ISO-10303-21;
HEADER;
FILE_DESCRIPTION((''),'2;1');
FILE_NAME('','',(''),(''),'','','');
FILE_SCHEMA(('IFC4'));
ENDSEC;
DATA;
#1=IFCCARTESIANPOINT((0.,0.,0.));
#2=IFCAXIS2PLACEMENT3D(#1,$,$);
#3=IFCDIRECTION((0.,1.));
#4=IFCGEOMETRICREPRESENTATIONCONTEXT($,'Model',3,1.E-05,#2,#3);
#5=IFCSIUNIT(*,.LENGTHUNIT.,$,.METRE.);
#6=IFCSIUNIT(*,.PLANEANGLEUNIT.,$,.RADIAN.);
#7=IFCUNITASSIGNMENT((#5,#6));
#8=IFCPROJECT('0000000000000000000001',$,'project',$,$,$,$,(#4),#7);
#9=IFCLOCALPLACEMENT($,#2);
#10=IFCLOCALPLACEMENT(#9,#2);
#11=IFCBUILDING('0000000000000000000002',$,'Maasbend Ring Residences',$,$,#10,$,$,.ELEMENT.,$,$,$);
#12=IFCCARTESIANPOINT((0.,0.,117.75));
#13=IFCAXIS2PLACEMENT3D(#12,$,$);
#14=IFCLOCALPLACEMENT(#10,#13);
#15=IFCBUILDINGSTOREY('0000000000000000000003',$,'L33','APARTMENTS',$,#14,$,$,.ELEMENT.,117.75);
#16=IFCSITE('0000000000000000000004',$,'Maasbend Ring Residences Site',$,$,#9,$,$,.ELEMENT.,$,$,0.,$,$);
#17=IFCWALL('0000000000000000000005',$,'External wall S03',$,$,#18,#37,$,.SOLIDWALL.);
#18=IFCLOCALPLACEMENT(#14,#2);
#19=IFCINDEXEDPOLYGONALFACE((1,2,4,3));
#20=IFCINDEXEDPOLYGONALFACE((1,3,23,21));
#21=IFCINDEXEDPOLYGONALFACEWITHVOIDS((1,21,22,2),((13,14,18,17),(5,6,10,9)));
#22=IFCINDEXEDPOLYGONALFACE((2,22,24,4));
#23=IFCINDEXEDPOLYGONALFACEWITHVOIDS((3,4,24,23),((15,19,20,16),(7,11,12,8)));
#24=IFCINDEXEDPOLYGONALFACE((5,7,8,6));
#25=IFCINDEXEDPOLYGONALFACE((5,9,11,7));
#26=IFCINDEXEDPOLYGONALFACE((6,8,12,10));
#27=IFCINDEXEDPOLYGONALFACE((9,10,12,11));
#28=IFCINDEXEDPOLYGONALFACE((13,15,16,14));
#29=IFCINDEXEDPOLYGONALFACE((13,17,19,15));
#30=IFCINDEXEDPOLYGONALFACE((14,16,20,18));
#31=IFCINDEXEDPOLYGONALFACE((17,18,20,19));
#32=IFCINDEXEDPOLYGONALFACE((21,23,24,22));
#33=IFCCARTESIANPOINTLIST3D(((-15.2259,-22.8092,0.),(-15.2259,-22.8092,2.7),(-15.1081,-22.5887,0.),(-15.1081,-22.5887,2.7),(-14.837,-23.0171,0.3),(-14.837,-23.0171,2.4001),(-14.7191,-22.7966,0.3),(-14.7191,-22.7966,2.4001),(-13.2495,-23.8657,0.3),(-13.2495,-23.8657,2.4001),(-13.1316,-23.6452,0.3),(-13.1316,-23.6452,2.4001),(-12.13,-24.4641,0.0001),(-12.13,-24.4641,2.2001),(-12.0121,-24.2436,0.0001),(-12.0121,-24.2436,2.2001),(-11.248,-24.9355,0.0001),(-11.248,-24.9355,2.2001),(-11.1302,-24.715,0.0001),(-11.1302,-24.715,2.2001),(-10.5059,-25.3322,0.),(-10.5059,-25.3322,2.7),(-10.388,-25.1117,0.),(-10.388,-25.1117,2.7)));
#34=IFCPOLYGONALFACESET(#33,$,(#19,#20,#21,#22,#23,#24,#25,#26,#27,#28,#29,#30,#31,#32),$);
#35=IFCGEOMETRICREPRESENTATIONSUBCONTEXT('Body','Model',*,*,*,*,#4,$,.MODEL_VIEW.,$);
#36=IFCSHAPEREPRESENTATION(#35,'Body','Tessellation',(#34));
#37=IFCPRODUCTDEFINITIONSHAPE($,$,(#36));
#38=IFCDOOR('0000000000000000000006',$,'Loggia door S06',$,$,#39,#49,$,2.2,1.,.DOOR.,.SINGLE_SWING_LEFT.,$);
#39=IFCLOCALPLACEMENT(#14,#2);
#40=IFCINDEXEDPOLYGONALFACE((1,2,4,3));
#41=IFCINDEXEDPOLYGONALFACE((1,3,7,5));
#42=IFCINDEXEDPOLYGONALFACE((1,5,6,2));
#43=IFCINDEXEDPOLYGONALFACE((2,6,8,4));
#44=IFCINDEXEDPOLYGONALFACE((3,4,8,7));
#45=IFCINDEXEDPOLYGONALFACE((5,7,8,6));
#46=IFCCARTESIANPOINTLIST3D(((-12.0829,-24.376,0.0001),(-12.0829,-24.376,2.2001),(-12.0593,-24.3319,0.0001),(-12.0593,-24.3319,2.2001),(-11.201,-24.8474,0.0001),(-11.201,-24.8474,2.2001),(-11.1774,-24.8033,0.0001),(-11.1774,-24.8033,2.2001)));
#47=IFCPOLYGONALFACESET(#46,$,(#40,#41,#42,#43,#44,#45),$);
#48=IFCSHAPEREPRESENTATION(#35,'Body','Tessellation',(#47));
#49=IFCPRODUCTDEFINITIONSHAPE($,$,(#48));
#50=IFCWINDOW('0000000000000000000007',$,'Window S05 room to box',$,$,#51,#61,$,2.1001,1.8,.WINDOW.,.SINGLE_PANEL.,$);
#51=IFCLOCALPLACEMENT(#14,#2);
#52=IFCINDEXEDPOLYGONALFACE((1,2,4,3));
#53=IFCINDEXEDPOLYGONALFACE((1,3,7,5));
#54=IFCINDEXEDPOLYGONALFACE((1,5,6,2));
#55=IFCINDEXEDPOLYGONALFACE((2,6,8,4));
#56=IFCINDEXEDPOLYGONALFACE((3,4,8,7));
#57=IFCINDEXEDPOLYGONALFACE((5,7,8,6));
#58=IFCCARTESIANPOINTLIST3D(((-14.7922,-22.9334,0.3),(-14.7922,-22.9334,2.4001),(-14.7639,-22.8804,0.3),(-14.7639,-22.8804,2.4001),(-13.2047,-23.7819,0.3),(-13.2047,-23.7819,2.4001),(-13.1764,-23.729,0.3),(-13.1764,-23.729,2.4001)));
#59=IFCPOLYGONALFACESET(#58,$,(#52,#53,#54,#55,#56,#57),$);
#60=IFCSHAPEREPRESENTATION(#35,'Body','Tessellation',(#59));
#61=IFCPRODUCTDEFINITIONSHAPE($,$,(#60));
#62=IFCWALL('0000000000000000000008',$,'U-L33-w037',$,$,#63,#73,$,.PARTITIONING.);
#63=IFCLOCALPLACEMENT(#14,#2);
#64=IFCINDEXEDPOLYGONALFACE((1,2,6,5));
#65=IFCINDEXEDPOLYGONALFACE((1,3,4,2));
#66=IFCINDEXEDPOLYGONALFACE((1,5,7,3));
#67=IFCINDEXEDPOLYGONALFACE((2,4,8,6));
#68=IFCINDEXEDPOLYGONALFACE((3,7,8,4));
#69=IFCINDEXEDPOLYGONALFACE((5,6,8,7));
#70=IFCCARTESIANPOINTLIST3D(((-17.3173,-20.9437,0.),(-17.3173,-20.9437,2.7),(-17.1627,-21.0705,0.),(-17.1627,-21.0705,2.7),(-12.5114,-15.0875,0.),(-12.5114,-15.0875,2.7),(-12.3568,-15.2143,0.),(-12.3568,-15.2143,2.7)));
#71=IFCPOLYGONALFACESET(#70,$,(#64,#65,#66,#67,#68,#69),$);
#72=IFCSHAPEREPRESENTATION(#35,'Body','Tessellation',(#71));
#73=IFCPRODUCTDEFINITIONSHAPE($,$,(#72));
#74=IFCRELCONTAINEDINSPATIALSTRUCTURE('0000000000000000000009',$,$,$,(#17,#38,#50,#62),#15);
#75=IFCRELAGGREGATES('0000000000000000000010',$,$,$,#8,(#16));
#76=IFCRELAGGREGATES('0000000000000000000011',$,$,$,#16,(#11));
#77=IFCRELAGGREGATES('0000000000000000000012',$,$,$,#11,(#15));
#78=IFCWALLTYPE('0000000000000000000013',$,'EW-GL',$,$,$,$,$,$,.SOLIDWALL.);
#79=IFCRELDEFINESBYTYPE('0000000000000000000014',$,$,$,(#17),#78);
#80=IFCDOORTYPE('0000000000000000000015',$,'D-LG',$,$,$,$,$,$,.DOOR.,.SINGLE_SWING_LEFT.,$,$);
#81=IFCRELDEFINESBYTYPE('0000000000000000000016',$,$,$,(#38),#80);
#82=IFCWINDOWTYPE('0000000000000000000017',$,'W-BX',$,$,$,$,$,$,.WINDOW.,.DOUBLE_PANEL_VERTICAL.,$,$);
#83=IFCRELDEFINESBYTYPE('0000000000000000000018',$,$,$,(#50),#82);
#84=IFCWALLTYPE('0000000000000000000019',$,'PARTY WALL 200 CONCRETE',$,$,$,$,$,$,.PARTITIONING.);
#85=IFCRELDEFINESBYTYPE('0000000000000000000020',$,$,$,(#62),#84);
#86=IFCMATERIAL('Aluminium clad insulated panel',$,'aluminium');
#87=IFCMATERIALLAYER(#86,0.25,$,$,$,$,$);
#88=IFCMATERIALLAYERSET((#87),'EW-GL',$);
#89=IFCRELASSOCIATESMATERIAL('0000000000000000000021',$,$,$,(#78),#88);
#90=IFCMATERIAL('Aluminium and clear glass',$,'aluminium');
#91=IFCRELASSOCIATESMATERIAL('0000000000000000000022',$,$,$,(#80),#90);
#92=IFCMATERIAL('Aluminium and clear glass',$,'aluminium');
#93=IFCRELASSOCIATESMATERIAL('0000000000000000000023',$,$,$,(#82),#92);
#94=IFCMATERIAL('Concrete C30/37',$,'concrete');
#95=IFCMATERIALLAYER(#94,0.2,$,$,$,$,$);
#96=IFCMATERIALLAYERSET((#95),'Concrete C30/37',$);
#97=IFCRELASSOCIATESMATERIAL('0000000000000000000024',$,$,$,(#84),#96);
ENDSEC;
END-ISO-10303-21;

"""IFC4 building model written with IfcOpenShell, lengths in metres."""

from ifc_helpers import new_model, si_unit, direction, frame, frame_2d, origin, place, context, subcontext, project, spatial, rectangle, extrude, material, layer, layer_set, type_object, element, fill, save


model = new_model("IFC4")

# Units and contexts
model_context = context("Model", 3, precision=1e-05, world=origin(), true_north=direction((0.0, 1.0)))
body_context = subcontext(model_context, "Body", "Model", "MODEL_VIEW")
ifc_project = project(units=[si_unit("LENGTHUNIT", "METRE"), si_unit("PLANEANGLEUNIT", "RADIAN")], contexts=[model_context])

# Site, building, storey
site_placement = place(None, origin())
site = spatial("IfcSite", under=ifc_project, at=site_placement, Name="Maasbend Ring Residences Site", CompositionType="ELEMENT", RefElevation=0.0)
building_placement = place(site_placement, origin())
building = spatial("IfcBuilding", under=site, at=building_placement, Name="Maasbend Ring Residences", CompositionType="ELEMENT")
storey_placement = place(building_placement, frame((0.0, 0.0, 117.75)))
storey = spatial("IfcBuildingStorey", under=building, at=storey_placement, Name="L33", Description="APARTMENTS", CompositionType="ELEMENT", Elevation=117.75)

# Wall, openings, door, window
ifc_material_1 = material(Name="Aluminium clad insulated panel", Category="aluminium")
ifc_layer_1 = layer(ifc_material_1, 0.25)
ifc_layer_set_1 = layer_set([ifc_layer_1], Name="EW-GL")
wall_type_1 = type_object("IfcWallType", Name="EW-GL", PredefinedType="SOLIDWALL", material=ifc_layer_set_1)
ifc_material_2 = material(Name="Aluminium and clear glass", Category="aluminium")
door_type = type_object("IfcDoorType", Name="D-LG", OperationType="SINGLE_SWING_LEFT", PredefinedType="DOOR", material=ifc_material_2)
ifc_material_3 = material(Name="Aluminium and clear glass", Category="aluminium")
window_type_1 = type_object("IfcWindowType", Name="W-BX", PartitioningType="DOUBLE_PANEL_VERTICAL", PredefinedType="WINDOW", material=ifc_material_3)
wall_1_placement = place(storey_placement, frame((-15.167, -22.699, 0.0), z_axis=(0.0, 0.0, 1.0), x_axis=(0.881916, -0.471407, 0.0)))
wall_1 = element("IfcWall", 1, at=wall_1_placement, inside=storey, type_object=wall_type_1, Name="External wall S03", PredefinedType="SOLIDWALL", context=body_context, shape_type="SweptSolid", body=[
    extrude(rectangle(XDim=5.3521, YDim=0.25, at=frame_2d((2.676, 0.0))), origin(), (0.0, 0.0, 1.0), 2.7),
])
opening_1_placement = place(wall_1_placement, frame((0.4412, 0.0, 0.3)))
opening_1 = element("IfcOpeningElement", 2, at=opening_1_placement, cuts=wall_1, PredefinedType="OPENING", context=body_context, shape_type="SweptSolid", body=[
    extrude(rectangle(XDim=1.8, YDim=2.1001, at=frame_2d((0.8999, 1.05))), frame((0.0, 0.135, 0.0), z_axis=(0.0, -1.0, 0.0), x_axis=(1.0, 0.0, 0.0)), (0.0, 0.0, 1.0), 0.27),
])
opening_2_placement = place(wall_1_placement, frame((3.5105, 0.0, 0.0)))
opening_2 = element("IfcOpeningElement", 3, at=opening_2_placement, cuts=wall_1, PredefinedType="OPENING", context=body_context, shape_type="SweptSolid", body=[
    extrude(rectangle(XDim=1.0, YDim=2.2, at=frame_2d((0.5, 1.1001))), frame((0.0, 0.135, 0.0), z_axis=(0.0, -1.0, 0.0), x_axis=(1.0, 0.0, 0.0)), (0.0, 0.0, 1.0), 0.27),
])
door_1_placement = place(opening_2_placement, origin())
door_1 = element("IfcDoor", 4, at=door_1_placement, inside=storey, type_object=door_type, Name="Loggia door S06", OperationType="SINGLE_SWING_LEFT", OverallHeight=2.2, OverallWidth=1.0, PredefinedType="DOOR", context=body_context, shape_type="SweptSolid", body=[
    extrude(rectangle(XDim=1.0, YDim=2.2, at=frame_2d((0.5, 1.1001))), frame((0.0, 0.0249, 0.0), z_axis=(0.0, -1.0, 0.0), x_axis=(1.0, 0.0, 0.0)), (0.0, 0.0, 1.0), 0.05),
])
fill(opening_2, door_1)
window_1_placement = place(opening_1_placement, origin())
window_1 = element("IfcWindow", 5, at=window_1_placement, inside=storey, type_object=window_type_1, Name="Window S05 room to box", OverallHeight=2.1001, OverallWidth=1.8, PartitioningType="SINGLE_PANEL", PredefinedType="WINDOW", context=body_context, shape_type="SweptSolid", body=[
    extrude(rectangle(XDim=1.8, YDim=2.1001, at=frame_2d((0.8999, 1.05))), frame((0.0, 0.03, 0.0), z_axis=(0.0, -1.0, 0.0), x_axis=(1.0, 0.0, 0.0)), (0.0, 0.0, 1.0), 0.0601),
])
fill(opening_1, window_1)

# Wall
ifc_material_4 = material(Name="Concrete C30/37", Category="concrete")
ifc_layer_2 = layer(ifc_material_4, 0.2)
ifc_layer_set_2 = layer_set([ifc_layer_2], Name="Concrete C30/37")
wall_type_2 = type_object("IfcWallType", Name="PARTY WALL 200 CONCRETE", PredefinedType="PARTITIONING", material=ifc_layer_set_2)
wall_2_placement = place(storey_placement, frame((-17.24, -21.0071, 0.0), z_axis=(0.0, 0.0, 1.0), x_axis=(0.634381, 0.77302, 0.0)))
element("IfcWall", 6, at=wall_2_placement, inside=storey, type_object=wall_type_2, Name="U-L33-w037", PredefinedType="PARTITIONING", context=body_context, shape_type="SweptSolid", body=[
    extrude(rectangle(XDim=7.5757, YDim=0.2, at=frame_2d((3.7878, 0.0))), origin(), (0.0, 0.0, 1.0), 2.7),
])

save(model, "model.ifc")
